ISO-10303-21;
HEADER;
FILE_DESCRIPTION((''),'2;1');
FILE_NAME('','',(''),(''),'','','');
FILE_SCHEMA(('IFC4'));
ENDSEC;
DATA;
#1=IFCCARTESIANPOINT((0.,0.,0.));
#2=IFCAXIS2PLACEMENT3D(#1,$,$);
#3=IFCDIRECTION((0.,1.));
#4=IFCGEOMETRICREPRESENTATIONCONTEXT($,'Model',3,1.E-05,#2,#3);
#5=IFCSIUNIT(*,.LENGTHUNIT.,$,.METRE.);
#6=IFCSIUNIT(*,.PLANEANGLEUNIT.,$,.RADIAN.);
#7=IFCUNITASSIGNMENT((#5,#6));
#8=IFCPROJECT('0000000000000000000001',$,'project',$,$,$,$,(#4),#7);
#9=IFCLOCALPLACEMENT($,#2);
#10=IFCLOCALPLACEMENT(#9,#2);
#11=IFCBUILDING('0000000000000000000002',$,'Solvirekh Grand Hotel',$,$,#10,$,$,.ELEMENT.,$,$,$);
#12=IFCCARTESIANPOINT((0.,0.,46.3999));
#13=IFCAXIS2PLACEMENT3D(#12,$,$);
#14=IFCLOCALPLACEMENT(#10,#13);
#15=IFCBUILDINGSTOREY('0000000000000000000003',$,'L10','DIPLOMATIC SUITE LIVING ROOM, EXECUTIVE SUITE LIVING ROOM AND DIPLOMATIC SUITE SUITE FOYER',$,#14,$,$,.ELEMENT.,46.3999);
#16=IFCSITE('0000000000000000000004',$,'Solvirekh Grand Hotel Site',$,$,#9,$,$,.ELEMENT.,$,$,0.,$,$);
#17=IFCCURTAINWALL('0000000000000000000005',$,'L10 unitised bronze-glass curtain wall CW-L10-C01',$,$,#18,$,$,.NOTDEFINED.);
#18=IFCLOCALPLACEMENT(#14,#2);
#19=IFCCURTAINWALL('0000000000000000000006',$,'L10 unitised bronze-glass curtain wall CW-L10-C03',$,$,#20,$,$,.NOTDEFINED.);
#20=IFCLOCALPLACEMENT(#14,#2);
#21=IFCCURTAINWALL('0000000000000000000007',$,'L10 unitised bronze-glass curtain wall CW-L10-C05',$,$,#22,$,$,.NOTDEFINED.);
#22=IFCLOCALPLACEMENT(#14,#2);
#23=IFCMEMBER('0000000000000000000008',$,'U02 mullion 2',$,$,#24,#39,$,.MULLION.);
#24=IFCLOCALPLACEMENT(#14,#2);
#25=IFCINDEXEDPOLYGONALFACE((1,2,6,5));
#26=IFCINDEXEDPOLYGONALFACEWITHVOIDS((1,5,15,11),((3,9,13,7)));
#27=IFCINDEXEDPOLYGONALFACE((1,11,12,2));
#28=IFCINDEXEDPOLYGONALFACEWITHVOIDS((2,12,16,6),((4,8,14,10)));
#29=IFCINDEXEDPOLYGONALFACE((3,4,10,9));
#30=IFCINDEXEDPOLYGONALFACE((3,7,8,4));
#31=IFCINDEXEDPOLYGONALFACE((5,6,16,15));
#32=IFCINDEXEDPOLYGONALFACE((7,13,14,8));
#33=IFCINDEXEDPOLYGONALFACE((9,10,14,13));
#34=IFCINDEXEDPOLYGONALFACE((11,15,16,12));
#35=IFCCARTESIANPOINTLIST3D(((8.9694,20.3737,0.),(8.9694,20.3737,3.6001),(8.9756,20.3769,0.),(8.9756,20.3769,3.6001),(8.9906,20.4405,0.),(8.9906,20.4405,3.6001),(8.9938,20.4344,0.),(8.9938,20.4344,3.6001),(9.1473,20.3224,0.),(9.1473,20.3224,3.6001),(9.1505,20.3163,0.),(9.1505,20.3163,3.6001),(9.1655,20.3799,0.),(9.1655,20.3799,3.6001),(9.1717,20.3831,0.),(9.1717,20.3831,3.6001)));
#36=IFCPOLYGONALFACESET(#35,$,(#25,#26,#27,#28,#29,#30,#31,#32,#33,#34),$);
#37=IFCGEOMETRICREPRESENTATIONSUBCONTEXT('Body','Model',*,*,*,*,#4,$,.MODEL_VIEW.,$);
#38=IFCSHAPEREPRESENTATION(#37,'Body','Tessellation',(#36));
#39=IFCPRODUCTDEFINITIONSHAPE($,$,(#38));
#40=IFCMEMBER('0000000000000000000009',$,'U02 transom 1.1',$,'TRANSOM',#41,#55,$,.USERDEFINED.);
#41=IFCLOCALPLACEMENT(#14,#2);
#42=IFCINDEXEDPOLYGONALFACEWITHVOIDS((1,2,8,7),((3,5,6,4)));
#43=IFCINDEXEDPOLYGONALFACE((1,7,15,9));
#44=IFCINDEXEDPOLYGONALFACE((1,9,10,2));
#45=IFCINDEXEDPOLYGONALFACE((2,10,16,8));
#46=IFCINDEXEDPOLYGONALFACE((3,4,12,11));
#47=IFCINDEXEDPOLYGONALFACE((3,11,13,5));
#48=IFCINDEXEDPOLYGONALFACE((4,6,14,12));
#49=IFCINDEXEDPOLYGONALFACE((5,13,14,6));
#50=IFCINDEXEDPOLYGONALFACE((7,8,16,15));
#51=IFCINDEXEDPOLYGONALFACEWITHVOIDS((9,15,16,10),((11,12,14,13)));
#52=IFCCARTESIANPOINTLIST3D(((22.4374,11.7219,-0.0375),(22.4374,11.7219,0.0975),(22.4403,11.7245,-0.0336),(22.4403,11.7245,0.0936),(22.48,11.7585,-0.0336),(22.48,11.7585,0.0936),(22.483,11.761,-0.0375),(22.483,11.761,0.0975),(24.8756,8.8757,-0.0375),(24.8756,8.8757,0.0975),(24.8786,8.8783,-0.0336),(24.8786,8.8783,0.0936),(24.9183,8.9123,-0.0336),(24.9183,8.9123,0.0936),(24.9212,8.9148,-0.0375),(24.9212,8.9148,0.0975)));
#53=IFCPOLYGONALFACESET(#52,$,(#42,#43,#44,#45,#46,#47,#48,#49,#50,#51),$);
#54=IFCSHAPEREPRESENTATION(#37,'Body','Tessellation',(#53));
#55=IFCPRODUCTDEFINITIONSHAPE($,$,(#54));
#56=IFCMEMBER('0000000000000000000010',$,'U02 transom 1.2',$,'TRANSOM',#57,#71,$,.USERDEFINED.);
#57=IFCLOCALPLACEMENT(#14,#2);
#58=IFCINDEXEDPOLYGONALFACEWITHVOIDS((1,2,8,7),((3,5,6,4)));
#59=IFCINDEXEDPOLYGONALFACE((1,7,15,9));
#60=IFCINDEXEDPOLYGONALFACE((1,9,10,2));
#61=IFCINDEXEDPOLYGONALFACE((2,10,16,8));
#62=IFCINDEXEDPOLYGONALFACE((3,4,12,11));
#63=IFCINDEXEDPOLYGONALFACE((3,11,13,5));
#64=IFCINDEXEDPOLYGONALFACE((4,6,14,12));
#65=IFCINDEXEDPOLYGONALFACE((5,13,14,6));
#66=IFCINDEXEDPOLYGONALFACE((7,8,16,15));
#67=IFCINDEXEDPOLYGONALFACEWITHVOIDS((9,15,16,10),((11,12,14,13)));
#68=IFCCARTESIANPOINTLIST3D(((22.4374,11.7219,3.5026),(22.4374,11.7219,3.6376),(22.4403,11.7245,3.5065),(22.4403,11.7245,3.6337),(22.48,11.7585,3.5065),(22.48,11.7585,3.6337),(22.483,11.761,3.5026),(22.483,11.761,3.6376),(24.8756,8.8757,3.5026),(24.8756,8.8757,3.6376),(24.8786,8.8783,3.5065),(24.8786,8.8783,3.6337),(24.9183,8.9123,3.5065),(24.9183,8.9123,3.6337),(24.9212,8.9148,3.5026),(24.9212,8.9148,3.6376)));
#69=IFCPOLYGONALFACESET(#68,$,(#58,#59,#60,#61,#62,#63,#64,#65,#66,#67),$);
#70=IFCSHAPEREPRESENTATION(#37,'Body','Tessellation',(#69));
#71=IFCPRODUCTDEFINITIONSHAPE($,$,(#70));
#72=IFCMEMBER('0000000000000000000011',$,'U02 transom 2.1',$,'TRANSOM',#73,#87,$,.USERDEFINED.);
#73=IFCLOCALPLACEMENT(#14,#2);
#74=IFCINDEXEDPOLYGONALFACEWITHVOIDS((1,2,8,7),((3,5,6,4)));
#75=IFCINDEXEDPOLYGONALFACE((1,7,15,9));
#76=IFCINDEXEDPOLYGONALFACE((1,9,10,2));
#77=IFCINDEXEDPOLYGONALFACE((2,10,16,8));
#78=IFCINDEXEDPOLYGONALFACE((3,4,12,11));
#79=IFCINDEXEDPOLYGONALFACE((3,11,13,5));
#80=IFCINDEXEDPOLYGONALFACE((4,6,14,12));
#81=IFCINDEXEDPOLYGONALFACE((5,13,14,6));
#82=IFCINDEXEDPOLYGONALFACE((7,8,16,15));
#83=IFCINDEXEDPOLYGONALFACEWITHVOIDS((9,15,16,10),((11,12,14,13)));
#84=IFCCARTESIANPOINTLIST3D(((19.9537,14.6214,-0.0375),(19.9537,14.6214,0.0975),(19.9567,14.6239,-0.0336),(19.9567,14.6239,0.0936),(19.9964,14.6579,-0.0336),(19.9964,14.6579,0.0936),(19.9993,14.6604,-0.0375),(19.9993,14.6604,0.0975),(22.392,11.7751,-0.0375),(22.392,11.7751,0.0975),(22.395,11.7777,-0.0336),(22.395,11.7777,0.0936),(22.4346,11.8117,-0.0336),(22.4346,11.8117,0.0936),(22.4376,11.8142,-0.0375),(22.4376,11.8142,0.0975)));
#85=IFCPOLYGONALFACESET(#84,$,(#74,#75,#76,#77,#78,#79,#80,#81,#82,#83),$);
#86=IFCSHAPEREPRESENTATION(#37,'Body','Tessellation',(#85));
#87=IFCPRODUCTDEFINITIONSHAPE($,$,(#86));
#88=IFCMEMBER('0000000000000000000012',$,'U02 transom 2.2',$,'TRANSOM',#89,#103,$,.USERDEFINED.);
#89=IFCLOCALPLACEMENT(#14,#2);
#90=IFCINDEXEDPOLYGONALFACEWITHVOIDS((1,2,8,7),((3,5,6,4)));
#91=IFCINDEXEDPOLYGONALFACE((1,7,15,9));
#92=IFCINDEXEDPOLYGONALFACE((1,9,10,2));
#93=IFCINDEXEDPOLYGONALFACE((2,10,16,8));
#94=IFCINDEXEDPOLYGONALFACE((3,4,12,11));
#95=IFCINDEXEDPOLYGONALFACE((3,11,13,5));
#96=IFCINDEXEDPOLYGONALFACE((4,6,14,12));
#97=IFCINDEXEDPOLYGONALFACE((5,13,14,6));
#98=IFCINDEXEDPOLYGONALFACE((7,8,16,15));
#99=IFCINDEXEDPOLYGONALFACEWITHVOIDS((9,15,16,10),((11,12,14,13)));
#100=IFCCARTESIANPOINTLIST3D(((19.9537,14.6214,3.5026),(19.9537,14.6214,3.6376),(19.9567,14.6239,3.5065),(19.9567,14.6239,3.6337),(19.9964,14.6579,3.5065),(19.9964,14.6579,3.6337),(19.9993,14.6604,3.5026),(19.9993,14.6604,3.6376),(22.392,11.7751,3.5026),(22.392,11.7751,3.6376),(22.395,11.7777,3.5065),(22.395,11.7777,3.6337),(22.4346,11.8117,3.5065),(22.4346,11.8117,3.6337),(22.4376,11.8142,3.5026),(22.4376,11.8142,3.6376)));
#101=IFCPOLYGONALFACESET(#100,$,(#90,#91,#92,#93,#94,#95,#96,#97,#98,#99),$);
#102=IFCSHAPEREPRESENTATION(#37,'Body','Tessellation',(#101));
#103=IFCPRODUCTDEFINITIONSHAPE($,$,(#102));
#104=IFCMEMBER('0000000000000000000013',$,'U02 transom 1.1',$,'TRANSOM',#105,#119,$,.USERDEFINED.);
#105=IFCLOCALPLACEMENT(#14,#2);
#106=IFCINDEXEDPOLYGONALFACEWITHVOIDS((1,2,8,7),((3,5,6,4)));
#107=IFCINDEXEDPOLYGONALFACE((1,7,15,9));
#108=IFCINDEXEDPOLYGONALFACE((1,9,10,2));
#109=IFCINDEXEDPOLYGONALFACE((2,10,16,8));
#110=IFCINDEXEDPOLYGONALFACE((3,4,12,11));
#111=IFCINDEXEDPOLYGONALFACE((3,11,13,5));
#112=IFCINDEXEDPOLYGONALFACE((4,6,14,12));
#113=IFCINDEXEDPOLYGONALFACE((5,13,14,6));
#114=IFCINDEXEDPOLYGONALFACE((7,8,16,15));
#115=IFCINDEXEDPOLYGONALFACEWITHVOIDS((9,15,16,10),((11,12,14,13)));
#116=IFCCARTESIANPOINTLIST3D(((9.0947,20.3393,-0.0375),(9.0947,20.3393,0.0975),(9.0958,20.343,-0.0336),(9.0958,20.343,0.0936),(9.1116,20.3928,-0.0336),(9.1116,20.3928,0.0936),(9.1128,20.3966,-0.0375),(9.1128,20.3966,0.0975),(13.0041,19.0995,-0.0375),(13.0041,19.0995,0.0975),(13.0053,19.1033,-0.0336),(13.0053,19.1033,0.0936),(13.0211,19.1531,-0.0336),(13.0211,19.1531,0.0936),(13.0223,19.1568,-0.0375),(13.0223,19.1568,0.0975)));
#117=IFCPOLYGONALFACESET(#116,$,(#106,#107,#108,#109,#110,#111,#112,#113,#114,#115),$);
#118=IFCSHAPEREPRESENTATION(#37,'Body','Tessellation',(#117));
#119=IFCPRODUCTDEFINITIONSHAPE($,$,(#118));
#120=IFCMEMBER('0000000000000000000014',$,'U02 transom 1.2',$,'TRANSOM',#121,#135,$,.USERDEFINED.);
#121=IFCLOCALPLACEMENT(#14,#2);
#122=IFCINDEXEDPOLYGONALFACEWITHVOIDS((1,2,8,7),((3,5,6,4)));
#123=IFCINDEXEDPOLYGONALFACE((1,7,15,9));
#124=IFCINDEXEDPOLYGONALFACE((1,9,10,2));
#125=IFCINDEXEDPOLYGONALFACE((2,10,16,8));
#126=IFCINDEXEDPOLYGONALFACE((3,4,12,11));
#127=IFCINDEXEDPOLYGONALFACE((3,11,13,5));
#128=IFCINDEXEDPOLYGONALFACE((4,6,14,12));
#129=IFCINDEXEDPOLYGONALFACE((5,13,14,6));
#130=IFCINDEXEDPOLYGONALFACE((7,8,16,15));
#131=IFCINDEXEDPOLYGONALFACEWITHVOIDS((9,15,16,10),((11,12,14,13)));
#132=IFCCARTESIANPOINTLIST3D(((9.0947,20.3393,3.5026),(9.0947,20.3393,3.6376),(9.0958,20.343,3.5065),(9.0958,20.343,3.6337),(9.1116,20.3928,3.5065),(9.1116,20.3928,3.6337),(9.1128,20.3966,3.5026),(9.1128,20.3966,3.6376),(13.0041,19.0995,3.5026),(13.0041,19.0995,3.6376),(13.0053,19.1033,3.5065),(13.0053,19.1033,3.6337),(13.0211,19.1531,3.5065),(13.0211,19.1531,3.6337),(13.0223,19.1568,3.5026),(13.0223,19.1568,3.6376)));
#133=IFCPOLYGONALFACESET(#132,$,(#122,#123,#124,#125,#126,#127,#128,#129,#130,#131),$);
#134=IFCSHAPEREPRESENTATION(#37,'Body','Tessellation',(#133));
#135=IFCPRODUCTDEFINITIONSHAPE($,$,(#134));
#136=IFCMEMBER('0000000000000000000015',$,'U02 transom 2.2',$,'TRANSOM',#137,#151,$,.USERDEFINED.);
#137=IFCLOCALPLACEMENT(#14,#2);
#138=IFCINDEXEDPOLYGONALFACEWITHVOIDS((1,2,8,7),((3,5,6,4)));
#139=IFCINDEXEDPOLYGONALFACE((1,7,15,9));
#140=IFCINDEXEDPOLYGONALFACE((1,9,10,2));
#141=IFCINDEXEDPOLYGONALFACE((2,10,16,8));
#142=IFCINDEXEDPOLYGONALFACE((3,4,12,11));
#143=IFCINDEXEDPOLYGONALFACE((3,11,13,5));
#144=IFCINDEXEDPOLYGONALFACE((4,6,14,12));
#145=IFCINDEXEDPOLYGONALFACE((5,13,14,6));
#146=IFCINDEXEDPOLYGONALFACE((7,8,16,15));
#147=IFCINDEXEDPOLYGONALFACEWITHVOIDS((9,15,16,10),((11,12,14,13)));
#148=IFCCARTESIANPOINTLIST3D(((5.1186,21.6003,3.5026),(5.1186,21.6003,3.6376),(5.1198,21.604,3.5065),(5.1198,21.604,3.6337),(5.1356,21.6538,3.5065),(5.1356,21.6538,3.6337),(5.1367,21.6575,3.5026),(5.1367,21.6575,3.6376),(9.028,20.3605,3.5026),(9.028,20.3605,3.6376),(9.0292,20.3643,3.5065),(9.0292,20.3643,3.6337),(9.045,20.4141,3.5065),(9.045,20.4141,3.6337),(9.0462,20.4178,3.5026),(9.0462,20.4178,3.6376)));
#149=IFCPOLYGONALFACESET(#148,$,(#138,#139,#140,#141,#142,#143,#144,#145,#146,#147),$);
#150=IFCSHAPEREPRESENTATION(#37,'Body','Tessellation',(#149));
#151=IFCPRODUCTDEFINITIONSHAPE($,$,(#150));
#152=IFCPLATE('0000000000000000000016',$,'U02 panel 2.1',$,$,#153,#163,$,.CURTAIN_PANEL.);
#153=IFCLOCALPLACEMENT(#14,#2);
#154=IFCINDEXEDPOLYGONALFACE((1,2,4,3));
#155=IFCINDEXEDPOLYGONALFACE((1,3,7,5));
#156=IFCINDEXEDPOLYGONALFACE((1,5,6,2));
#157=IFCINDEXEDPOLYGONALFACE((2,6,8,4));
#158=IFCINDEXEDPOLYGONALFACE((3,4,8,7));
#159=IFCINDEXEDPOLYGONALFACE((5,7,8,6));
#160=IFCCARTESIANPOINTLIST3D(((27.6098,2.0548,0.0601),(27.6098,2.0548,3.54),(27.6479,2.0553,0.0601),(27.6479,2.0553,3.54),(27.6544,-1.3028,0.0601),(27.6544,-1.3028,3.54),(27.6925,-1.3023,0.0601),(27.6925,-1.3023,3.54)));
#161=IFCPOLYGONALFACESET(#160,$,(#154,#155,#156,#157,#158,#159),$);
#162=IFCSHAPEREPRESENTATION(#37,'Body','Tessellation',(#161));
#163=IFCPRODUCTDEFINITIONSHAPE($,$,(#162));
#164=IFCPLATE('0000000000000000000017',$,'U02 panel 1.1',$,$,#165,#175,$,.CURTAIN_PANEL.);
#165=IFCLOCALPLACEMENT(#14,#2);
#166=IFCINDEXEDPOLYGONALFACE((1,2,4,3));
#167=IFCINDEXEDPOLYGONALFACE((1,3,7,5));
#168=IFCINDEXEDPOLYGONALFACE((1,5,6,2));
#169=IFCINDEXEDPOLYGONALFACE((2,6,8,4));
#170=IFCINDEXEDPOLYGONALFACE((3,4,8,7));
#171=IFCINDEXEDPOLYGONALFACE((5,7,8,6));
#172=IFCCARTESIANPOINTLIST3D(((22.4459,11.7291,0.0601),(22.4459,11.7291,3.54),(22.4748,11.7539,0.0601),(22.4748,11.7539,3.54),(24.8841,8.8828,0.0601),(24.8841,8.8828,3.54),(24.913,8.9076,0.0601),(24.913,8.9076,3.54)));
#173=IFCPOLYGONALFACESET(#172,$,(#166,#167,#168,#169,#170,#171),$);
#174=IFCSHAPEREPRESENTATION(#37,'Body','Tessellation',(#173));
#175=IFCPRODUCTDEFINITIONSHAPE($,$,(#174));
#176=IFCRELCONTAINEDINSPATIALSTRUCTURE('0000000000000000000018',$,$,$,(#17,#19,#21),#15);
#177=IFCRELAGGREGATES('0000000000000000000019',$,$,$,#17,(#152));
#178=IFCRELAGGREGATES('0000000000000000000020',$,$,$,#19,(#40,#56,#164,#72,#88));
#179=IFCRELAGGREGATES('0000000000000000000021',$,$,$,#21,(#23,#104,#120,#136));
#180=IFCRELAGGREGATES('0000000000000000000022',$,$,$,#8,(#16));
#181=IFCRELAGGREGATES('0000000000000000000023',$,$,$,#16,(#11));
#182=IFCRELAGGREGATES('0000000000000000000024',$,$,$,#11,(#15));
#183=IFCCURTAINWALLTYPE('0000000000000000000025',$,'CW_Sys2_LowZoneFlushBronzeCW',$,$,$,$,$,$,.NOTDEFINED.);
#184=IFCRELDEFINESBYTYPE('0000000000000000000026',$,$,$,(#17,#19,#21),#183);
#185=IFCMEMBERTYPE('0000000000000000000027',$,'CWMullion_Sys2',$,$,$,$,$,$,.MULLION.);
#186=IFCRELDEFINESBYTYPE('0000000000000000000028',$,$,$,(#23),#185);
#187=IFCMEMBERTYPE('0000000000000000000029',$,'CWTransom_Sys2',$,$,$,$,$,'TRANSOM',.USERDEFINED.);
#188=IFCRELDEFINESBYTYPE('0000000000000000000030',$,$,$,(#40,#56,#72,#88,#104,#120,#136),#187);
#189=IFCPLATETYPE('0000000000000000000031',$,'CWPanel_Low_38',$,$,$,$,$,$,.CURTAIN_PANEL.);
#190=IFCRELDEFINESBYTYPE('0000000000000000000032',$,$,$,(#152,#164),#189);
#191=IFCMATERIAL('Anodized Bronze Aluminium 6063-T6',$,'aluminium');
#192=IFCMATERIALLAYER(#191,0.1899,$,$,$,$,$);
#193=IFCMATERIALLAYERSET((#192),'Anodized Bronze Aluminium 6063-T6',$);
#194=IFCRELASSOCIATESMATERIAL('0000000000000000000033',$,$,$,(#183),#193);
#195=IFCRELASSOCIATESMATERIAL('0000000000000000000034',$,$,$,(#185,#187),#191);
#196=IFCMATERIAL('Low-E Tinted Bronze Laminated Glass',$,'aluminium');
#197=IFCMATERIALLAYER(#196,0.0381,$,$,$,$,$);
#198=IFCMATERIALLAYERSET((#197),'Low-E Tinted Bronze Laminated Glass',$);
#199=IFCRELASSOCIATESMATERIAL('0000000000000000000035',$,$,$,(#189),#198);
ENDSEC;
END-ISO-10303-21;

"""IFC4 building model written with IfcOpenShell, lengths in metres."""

from ifc_helpers import new_model, si_unit, direction, frame, origin, origin_2d, place, context, subcontext, project, spatial, rectangle, hollow_rectangle, extrude, source, transform, mapped, material, layer, layer_set, material_profile, profile_set, type_object, element, aggregate, save


model = new_model("IFC4")

# Units and contexts
model_context = context("Model", 3, precision=1e-05, world=origin(), true_north=direction((0.0, 1.0)))
body_context = subcontext(model_context, "Body", "Model", "MODEL_VIEW")
ifc_project = project(units=[si_unit("LENGTHUNIT", "METRE"), si_unit("PLANEANGLEUNIT", "RADIAN")], contexts=[model_context])

# Site, building, storey
site_placement = place(None, origin())
site = spatial("IfcSite", under=ifc_project, at=site_placement, Name="Solvirekh Grand Hotel Site", CompositionType="ELEMENT", RefElevation=0.0)
building_placement = place(site_placement, origin())
building = spatial("IfcBuilding", under=site, at=building_placement, Name="Solvirekh Grand Hotel", CompositionType="ELEMENT")
storey_placement = place(building_placement, frame((0.0, 0.0, 46.3999)))
storey = spatial("IfcBuildingStorey", under=building, at=storey_placement, Name="L10", Description="DIPLOMATIC SUITE LIVING ROOM, EXECUTIVE SUITE LIVING ROOM AND DIPLOMATIC SUITE SUITE FOYER", CompositionType="ELEMENT", Elevation=46.3999)

# Curtain wall
ifc_material_1 = material(Name="Anodized Bronze Aluminium 6063-T6", Category="aluminium")
ifc_layer_1 = layer(ifc_material_1, 0.1899)
ifc_layer_set_1 = layer_set([ifc_layer_1], Name="Anodized Bronze Aluminium 6063-T6")
curtain_wall_type = type_object("IfcCurtainWallType", Name="CW_Sys2_LowZoneFlushBronzeCW", PredefinedType="NOTDEFINED", material=ifc_layer_set_1)
curtain_wall_1_placement = place(storey_placement, origin())
curtain_wall_1 = element("IfcCurtainWall", 1, at=curtain_wall_1_placement, inside=storey, type_object=curtain_wall_type, Name="L10 unitised bronze-glass curtain wall CW-L10-C01", PredefinedType="NOTDEFINED")
ifc_material_profile_1 = material_profile(ifc_material_1, hollow_rectangle(XDim=0.0701, YDim=0.1899, WallThickness=0.0049, at=origin_2d()), Name="ALU RHS 190X70X5")
ifc_profile_set_1 = profile_set([ifc_material_profile_1], Name="Anodized Bronze Aluminium 6063-T6")
member_type_1 = type_object("IfcMemberType", Name="CWMullion_Sys2", PredefinedType="MULLION", material=ifc_profile_set_1)
shared_shape_1 = source(origin(), body_context, "Body", "SweptSolid", [
    extrude(hollow_rectangle(XDim=0.0701, YDim=0.1899, WallThickness=0.0049, at=origin_2d()), origin(), (0.0, 0.0, 1.0), 3.6001),
])

# Curtain walls, member
curtain_wall_2_placement = place(storey_placement, origin())
curtain_wall_2 = element("IfcCurtainWall", 2, at=curtain_wall_2_placement, inside=storey, type_object=curtain_wall_type, Name="L10 unitised bronze-glass curtain wall CW-L10-C03", PredefinedType="NOTDEFINED")
curtain_wall_3_placement = place(storey_placement, origin())
curtain_wall_3 = element("IfcCurtainWall", 3, at=curtain_wall_3_placement, inside=storey, type_object=curtain_wall_type, Name="L10 unitised bronze-glass curtain wall CW-L10-C05", PredefinedType="NOTDEFINED")
member_1_placement = place(storey_placement, frame((9.0706, 20.3784, 0.0), z_axis=(0.0, 0.0, 1.0), x_axis=(-0.302286, -0.953217, 0.0)))
member_1 = element("IfcMember", 4, at=member_1_placement, type_object=member_type_1, Name="U02 mullion 2", PredefinedType="MULLION", context=body_context, shape_type="MappedRepresentation", body=[
    mapped(shared_shape_1, transform((0.0, 0.0, 0.0), x_axis=(1.0, 0.0, 0.0), y_axis=(0.0, 1.0, 0.0), z_axis=(0.0, 0.0, 1.0), scale=1.0)),
])

# Members
ifc_material_profile_2 = material_profile(ifc_material_1, hollow_rectangle(XDim=0.0601, YDim=0.135, WallThickness=0.0039, at=origin_2d()), Name="ALU RHS 135X60X4")
ifc_profile_set_2 = profile_set([ifc_material_profile_2], Name="Anodized Bronze Aluminium 6063-T6")
member_type_2 = type_object("IfcMemberType", Name="CWTransom_Sys2", ElementType="TRANSOM", PredefinedType="USERDEFINED", material=ifc_profile_set_2)
shared_shape_2 = source(origin(), body_context, "Body", "SweptSolid", [
    extrude(hollow_rectangle(XDim=0.0601, YDim=0.135, WallThickness=0.0039, at=origin_2d()), origin(), (0.0, 0.0, 1.0), 3.7478),
])
member_2_placement = place(storey_placement, frame((24.8984, 8.8953, 0.03), z_axis=(-0.650582, 0.759436, 0.0), x_axis=(-0.759436, -0.650582, 0.0)))
member_2 = element("IfcMember", 5, at=member_2_placement, type_object=member_type_2, Name="U02 transom 1.1", ObjectType="TRANSOM", PredefinedType="USERDEFINED", context=body_context, shape_type="MappedRepresentation", body=[
    mapped(shared_shape_2, transform((0.0, 0.0, 0.0), x_axis=(1.0, 0.0, 0.0), y_axis=(0.0, 1.0, 0.0), z_axis=(0.0, 0.0, 1.0), scale=1.0)),
])
member_3_placement = place(storey_placement, frame((24.8984, 8.8953, 3.5701), z_axis=(-0.650582, 0.759436, 0.0), x_axis=(-0.759436, -0.650582, 0.0)))
member_3 = element("IfcMember", 6, at=member_3_placement, type_object=member_type_2, Name="U02 transom 1.2", ObjectType="TRANSOM", PredefinedType="USERDEFINED", context=body_context, shape_type="MappedRepresentation", body=[
    mapped(shared_shape_2, transform((0.0, 0.0, 0.0), x_axis=(1.0, 0.0, 0.0), y_axis=(0.0, 1.0, 0.0), z_axis=(0.0, 0.0, 1.0), scale=1.0)),
])
member_4_placement = place(storey_placement, frame((22.4148, 11.7947, 0.03), z_axis=(-0.650582, 0.759436, 0.0), x_axis=(-0.759436, -0.650582, 0.0)))
member_4 = element("IfcMember", 7, at=member_4_placement, type_object=member_type_2, Name="U02 transom 2.1", ObjectType="TRANSOM", PredefinedType="USERDEFINED", context=body_context, shape_type="MappedRepresentation", body=[
    mapped(shared_shape_2, transform((0.0, 0.0, 0.0), x_axis=(1.0, 0.0, 0.0), y_axis=(0.0, 1.0, 0.0), z_axis=(0.0, 0.0, 1.0), scale=1.0)),
])
member_5_placement = place(storey_placement, frame((22.4148, 11.7947, 3.5701), z_axis=(-0.650582, 0.759436, 0.0), x_axis=(-0.759436, -0.650582, 0.0)))
member_5 = element("IfcMember", 8, at=member_5_placement, type_object=member_type_2, Name="U02 transom 2.2", ObjectType="TRANSOM", PredefinedType="USERDEFINED", context=body_context, shape_type="MappedRepresentation", body=[
    mapped(shared_shape_2, transform((0.0, 0.0, 0.0), x_axis=(1.0, 0.0, 0.0), y_axis=(0.0, 1.0, 0.0), z_axis=(0.0, 0.0, 1.0), scale=1.0)),
])
shared_shape_3 = source(origin(), body_context, "Body", "SweptSolid", [
    extrude(hollow_rectangle(XDim=0.0601, YDim=0.135, WallThickness=0.0039, at=origin_2d()), origin(), (0.0, 0.0, 1.0), 4.1013),
])
member_6_placement = place(storey_placement, frame((13.0132, 19.1282, 0.03), z_axis=(-0.953219, 0.302282, 0.0), x_axis=(-0.302282, -0.953219, 0.0)))
member_6 = element("IfcMember", 9, at=member_6_placement, type_object=member_type_2, Name="U02 transom 1.1", ObjectType="TRANSOM", PredefinedType="USERDEFINED", context=body_context, shape_type="MappedRepresentation", body=[
    mapped(shared_shape_3, transform((0.0, 0.0, 0.0), x_axis=(1.0, 0.0, 0.0), y_axis=(0.0, 1.0, 0.0), z_axis=(0.0, 0.0, 1.0), scale=1.0)),
])
member_7_placement = place(storey_placement, frame((13.0132, 19.1282, 3.5701), z_axis=(-0.953219, 0.302282, 0.0), x_axis=(-0.302282, -0.953219, 0.0)))
member_7 = element("IfcMember", 10, at=member_7_placement, type_object=member_type_2, Name="U02 transom 1.2", ObjectType="TRANSOM", PredefinedType="USERDEFINED", context=body_context, shape_type="MappedRepresentation", body=[
    mapped(shared_shape_3, transform((0.0, 0.0, 0.0), x_axis=(1.0, 0.0, 0.0), y_axis=(0.0, 1.0, 0.0), z_axis=(0.0, 0.0, 1.0), scale=1.0)),
])
member_8_placement = place(storey_placement, frame((9.0371, 20.3892, 3.5701), z_axis=(-0.953219, 0.302282, 0.0), x_axis=(-0.302282, -0.953219, 0.0)))
member_8 = element("IfcMember", 11, at=member_8_placement, type_object=member_type_2, Name="U02 transom 2.2", ObjectType="TRANSOM", PredefinedType="USERDEFINED", context=body_context, shape_type="MappedRepresentation", body=[
    mapped(shared_shape_3, transform((0.0, 0.0, 0.0), x_axis=(1.0, 0.0, 0.0), y_axis=(0.0, 1.0, 0.0), z_axis=(0.0, 0.0, 1.0), scale=1.0)),
])

# Plates
ifc_material_2 = material(Name="Low-E Tinted Bronze Laminated Glass", Category="aluminium")
ifc_layer_2 = layer(ifc_material_2, 0.0381)
ifc_layer_set_2 = layer_set([ifc_layer_2], Name="Low-E Tinted Bronze Laminated Glass")
plate_type = type_object("IfcPlateType", Name="CWPanel_Low_38", PredefinedType="CURTAIN_PANEL", material=ifc_layer_set_2)
shared_shape_4 = source(origin(), body_context, "Body", "SweptSolid", [
    extrude(rectangle(XDim=3.3579, YDim=0.0381, at=origin_2d()), origin(), (0.0, 0.0, 1.0), 3.48),
])
plate_1_placement = place(storey_placement, frame((27.6511, 0.3762, 0.0601), z_axis=(0.0, 0.0, 1.0), x_axis=(-0.013284, 0.999912, 0.0)))
plate_1 = element("IfcPlate", 12, at=plate_1_placement, type_object=plate_type, Name="U02 panel 2.1", PredefinedType="CURTAIN_PANEL", context=body_context, shape_type="MappedRepresentation", body=[
    mapped(shared_shape_4, transform((0.0, 0.0, 0.0), x_axis=(1.0, 0.0, 0.0), y_axis=(0.0, 1.0, 0.0), z_axis=(0.0, 0.0, 1.0), scale=1.0)),
])
aggregate(curtain_wall_1, [plate_1])
shared_shape_5 = source(origin(), body_context, "Body", "SweptSolid", [
    extrude(rectangle(XDim=3.7478, YDim=0.0381, at=origin_2d()), origin(), (0.0, 0.0, 1.0), 3.48),
])
plate_2_placement = place(storey_placement, frame((23.6794, 10.3184, 0.0601), z_axis=(0.0, 0.0, 1.0), x_axis=(-0.650567, 0.759449, 0.0)))
plate_2 = element("IfcPlate", 13, at=plate_2_placement, type_object=plate_type, Name="U02 panel 1.1", PredefinedType="CURTAIN_PANEL", context=body_context, shape_type="MappedRepresentation", body=[
    mapped(shared_shape_5, transform((0.0, 0.0, 0.0), x_axis=(1.0, 0.0, 0.0), y_axis=(0.0, 1.0, 0.0), z_axis=(0.0, 0.0, 1.0), scale=1.0)),
])
aggregate(curtain_wall_2, [member_2, member_3, plate_2, member_4, member_5])
aggregate(curtain_wall_3, [member_1, member_6, member_7, member_8])

save(model, "model.ifc")
